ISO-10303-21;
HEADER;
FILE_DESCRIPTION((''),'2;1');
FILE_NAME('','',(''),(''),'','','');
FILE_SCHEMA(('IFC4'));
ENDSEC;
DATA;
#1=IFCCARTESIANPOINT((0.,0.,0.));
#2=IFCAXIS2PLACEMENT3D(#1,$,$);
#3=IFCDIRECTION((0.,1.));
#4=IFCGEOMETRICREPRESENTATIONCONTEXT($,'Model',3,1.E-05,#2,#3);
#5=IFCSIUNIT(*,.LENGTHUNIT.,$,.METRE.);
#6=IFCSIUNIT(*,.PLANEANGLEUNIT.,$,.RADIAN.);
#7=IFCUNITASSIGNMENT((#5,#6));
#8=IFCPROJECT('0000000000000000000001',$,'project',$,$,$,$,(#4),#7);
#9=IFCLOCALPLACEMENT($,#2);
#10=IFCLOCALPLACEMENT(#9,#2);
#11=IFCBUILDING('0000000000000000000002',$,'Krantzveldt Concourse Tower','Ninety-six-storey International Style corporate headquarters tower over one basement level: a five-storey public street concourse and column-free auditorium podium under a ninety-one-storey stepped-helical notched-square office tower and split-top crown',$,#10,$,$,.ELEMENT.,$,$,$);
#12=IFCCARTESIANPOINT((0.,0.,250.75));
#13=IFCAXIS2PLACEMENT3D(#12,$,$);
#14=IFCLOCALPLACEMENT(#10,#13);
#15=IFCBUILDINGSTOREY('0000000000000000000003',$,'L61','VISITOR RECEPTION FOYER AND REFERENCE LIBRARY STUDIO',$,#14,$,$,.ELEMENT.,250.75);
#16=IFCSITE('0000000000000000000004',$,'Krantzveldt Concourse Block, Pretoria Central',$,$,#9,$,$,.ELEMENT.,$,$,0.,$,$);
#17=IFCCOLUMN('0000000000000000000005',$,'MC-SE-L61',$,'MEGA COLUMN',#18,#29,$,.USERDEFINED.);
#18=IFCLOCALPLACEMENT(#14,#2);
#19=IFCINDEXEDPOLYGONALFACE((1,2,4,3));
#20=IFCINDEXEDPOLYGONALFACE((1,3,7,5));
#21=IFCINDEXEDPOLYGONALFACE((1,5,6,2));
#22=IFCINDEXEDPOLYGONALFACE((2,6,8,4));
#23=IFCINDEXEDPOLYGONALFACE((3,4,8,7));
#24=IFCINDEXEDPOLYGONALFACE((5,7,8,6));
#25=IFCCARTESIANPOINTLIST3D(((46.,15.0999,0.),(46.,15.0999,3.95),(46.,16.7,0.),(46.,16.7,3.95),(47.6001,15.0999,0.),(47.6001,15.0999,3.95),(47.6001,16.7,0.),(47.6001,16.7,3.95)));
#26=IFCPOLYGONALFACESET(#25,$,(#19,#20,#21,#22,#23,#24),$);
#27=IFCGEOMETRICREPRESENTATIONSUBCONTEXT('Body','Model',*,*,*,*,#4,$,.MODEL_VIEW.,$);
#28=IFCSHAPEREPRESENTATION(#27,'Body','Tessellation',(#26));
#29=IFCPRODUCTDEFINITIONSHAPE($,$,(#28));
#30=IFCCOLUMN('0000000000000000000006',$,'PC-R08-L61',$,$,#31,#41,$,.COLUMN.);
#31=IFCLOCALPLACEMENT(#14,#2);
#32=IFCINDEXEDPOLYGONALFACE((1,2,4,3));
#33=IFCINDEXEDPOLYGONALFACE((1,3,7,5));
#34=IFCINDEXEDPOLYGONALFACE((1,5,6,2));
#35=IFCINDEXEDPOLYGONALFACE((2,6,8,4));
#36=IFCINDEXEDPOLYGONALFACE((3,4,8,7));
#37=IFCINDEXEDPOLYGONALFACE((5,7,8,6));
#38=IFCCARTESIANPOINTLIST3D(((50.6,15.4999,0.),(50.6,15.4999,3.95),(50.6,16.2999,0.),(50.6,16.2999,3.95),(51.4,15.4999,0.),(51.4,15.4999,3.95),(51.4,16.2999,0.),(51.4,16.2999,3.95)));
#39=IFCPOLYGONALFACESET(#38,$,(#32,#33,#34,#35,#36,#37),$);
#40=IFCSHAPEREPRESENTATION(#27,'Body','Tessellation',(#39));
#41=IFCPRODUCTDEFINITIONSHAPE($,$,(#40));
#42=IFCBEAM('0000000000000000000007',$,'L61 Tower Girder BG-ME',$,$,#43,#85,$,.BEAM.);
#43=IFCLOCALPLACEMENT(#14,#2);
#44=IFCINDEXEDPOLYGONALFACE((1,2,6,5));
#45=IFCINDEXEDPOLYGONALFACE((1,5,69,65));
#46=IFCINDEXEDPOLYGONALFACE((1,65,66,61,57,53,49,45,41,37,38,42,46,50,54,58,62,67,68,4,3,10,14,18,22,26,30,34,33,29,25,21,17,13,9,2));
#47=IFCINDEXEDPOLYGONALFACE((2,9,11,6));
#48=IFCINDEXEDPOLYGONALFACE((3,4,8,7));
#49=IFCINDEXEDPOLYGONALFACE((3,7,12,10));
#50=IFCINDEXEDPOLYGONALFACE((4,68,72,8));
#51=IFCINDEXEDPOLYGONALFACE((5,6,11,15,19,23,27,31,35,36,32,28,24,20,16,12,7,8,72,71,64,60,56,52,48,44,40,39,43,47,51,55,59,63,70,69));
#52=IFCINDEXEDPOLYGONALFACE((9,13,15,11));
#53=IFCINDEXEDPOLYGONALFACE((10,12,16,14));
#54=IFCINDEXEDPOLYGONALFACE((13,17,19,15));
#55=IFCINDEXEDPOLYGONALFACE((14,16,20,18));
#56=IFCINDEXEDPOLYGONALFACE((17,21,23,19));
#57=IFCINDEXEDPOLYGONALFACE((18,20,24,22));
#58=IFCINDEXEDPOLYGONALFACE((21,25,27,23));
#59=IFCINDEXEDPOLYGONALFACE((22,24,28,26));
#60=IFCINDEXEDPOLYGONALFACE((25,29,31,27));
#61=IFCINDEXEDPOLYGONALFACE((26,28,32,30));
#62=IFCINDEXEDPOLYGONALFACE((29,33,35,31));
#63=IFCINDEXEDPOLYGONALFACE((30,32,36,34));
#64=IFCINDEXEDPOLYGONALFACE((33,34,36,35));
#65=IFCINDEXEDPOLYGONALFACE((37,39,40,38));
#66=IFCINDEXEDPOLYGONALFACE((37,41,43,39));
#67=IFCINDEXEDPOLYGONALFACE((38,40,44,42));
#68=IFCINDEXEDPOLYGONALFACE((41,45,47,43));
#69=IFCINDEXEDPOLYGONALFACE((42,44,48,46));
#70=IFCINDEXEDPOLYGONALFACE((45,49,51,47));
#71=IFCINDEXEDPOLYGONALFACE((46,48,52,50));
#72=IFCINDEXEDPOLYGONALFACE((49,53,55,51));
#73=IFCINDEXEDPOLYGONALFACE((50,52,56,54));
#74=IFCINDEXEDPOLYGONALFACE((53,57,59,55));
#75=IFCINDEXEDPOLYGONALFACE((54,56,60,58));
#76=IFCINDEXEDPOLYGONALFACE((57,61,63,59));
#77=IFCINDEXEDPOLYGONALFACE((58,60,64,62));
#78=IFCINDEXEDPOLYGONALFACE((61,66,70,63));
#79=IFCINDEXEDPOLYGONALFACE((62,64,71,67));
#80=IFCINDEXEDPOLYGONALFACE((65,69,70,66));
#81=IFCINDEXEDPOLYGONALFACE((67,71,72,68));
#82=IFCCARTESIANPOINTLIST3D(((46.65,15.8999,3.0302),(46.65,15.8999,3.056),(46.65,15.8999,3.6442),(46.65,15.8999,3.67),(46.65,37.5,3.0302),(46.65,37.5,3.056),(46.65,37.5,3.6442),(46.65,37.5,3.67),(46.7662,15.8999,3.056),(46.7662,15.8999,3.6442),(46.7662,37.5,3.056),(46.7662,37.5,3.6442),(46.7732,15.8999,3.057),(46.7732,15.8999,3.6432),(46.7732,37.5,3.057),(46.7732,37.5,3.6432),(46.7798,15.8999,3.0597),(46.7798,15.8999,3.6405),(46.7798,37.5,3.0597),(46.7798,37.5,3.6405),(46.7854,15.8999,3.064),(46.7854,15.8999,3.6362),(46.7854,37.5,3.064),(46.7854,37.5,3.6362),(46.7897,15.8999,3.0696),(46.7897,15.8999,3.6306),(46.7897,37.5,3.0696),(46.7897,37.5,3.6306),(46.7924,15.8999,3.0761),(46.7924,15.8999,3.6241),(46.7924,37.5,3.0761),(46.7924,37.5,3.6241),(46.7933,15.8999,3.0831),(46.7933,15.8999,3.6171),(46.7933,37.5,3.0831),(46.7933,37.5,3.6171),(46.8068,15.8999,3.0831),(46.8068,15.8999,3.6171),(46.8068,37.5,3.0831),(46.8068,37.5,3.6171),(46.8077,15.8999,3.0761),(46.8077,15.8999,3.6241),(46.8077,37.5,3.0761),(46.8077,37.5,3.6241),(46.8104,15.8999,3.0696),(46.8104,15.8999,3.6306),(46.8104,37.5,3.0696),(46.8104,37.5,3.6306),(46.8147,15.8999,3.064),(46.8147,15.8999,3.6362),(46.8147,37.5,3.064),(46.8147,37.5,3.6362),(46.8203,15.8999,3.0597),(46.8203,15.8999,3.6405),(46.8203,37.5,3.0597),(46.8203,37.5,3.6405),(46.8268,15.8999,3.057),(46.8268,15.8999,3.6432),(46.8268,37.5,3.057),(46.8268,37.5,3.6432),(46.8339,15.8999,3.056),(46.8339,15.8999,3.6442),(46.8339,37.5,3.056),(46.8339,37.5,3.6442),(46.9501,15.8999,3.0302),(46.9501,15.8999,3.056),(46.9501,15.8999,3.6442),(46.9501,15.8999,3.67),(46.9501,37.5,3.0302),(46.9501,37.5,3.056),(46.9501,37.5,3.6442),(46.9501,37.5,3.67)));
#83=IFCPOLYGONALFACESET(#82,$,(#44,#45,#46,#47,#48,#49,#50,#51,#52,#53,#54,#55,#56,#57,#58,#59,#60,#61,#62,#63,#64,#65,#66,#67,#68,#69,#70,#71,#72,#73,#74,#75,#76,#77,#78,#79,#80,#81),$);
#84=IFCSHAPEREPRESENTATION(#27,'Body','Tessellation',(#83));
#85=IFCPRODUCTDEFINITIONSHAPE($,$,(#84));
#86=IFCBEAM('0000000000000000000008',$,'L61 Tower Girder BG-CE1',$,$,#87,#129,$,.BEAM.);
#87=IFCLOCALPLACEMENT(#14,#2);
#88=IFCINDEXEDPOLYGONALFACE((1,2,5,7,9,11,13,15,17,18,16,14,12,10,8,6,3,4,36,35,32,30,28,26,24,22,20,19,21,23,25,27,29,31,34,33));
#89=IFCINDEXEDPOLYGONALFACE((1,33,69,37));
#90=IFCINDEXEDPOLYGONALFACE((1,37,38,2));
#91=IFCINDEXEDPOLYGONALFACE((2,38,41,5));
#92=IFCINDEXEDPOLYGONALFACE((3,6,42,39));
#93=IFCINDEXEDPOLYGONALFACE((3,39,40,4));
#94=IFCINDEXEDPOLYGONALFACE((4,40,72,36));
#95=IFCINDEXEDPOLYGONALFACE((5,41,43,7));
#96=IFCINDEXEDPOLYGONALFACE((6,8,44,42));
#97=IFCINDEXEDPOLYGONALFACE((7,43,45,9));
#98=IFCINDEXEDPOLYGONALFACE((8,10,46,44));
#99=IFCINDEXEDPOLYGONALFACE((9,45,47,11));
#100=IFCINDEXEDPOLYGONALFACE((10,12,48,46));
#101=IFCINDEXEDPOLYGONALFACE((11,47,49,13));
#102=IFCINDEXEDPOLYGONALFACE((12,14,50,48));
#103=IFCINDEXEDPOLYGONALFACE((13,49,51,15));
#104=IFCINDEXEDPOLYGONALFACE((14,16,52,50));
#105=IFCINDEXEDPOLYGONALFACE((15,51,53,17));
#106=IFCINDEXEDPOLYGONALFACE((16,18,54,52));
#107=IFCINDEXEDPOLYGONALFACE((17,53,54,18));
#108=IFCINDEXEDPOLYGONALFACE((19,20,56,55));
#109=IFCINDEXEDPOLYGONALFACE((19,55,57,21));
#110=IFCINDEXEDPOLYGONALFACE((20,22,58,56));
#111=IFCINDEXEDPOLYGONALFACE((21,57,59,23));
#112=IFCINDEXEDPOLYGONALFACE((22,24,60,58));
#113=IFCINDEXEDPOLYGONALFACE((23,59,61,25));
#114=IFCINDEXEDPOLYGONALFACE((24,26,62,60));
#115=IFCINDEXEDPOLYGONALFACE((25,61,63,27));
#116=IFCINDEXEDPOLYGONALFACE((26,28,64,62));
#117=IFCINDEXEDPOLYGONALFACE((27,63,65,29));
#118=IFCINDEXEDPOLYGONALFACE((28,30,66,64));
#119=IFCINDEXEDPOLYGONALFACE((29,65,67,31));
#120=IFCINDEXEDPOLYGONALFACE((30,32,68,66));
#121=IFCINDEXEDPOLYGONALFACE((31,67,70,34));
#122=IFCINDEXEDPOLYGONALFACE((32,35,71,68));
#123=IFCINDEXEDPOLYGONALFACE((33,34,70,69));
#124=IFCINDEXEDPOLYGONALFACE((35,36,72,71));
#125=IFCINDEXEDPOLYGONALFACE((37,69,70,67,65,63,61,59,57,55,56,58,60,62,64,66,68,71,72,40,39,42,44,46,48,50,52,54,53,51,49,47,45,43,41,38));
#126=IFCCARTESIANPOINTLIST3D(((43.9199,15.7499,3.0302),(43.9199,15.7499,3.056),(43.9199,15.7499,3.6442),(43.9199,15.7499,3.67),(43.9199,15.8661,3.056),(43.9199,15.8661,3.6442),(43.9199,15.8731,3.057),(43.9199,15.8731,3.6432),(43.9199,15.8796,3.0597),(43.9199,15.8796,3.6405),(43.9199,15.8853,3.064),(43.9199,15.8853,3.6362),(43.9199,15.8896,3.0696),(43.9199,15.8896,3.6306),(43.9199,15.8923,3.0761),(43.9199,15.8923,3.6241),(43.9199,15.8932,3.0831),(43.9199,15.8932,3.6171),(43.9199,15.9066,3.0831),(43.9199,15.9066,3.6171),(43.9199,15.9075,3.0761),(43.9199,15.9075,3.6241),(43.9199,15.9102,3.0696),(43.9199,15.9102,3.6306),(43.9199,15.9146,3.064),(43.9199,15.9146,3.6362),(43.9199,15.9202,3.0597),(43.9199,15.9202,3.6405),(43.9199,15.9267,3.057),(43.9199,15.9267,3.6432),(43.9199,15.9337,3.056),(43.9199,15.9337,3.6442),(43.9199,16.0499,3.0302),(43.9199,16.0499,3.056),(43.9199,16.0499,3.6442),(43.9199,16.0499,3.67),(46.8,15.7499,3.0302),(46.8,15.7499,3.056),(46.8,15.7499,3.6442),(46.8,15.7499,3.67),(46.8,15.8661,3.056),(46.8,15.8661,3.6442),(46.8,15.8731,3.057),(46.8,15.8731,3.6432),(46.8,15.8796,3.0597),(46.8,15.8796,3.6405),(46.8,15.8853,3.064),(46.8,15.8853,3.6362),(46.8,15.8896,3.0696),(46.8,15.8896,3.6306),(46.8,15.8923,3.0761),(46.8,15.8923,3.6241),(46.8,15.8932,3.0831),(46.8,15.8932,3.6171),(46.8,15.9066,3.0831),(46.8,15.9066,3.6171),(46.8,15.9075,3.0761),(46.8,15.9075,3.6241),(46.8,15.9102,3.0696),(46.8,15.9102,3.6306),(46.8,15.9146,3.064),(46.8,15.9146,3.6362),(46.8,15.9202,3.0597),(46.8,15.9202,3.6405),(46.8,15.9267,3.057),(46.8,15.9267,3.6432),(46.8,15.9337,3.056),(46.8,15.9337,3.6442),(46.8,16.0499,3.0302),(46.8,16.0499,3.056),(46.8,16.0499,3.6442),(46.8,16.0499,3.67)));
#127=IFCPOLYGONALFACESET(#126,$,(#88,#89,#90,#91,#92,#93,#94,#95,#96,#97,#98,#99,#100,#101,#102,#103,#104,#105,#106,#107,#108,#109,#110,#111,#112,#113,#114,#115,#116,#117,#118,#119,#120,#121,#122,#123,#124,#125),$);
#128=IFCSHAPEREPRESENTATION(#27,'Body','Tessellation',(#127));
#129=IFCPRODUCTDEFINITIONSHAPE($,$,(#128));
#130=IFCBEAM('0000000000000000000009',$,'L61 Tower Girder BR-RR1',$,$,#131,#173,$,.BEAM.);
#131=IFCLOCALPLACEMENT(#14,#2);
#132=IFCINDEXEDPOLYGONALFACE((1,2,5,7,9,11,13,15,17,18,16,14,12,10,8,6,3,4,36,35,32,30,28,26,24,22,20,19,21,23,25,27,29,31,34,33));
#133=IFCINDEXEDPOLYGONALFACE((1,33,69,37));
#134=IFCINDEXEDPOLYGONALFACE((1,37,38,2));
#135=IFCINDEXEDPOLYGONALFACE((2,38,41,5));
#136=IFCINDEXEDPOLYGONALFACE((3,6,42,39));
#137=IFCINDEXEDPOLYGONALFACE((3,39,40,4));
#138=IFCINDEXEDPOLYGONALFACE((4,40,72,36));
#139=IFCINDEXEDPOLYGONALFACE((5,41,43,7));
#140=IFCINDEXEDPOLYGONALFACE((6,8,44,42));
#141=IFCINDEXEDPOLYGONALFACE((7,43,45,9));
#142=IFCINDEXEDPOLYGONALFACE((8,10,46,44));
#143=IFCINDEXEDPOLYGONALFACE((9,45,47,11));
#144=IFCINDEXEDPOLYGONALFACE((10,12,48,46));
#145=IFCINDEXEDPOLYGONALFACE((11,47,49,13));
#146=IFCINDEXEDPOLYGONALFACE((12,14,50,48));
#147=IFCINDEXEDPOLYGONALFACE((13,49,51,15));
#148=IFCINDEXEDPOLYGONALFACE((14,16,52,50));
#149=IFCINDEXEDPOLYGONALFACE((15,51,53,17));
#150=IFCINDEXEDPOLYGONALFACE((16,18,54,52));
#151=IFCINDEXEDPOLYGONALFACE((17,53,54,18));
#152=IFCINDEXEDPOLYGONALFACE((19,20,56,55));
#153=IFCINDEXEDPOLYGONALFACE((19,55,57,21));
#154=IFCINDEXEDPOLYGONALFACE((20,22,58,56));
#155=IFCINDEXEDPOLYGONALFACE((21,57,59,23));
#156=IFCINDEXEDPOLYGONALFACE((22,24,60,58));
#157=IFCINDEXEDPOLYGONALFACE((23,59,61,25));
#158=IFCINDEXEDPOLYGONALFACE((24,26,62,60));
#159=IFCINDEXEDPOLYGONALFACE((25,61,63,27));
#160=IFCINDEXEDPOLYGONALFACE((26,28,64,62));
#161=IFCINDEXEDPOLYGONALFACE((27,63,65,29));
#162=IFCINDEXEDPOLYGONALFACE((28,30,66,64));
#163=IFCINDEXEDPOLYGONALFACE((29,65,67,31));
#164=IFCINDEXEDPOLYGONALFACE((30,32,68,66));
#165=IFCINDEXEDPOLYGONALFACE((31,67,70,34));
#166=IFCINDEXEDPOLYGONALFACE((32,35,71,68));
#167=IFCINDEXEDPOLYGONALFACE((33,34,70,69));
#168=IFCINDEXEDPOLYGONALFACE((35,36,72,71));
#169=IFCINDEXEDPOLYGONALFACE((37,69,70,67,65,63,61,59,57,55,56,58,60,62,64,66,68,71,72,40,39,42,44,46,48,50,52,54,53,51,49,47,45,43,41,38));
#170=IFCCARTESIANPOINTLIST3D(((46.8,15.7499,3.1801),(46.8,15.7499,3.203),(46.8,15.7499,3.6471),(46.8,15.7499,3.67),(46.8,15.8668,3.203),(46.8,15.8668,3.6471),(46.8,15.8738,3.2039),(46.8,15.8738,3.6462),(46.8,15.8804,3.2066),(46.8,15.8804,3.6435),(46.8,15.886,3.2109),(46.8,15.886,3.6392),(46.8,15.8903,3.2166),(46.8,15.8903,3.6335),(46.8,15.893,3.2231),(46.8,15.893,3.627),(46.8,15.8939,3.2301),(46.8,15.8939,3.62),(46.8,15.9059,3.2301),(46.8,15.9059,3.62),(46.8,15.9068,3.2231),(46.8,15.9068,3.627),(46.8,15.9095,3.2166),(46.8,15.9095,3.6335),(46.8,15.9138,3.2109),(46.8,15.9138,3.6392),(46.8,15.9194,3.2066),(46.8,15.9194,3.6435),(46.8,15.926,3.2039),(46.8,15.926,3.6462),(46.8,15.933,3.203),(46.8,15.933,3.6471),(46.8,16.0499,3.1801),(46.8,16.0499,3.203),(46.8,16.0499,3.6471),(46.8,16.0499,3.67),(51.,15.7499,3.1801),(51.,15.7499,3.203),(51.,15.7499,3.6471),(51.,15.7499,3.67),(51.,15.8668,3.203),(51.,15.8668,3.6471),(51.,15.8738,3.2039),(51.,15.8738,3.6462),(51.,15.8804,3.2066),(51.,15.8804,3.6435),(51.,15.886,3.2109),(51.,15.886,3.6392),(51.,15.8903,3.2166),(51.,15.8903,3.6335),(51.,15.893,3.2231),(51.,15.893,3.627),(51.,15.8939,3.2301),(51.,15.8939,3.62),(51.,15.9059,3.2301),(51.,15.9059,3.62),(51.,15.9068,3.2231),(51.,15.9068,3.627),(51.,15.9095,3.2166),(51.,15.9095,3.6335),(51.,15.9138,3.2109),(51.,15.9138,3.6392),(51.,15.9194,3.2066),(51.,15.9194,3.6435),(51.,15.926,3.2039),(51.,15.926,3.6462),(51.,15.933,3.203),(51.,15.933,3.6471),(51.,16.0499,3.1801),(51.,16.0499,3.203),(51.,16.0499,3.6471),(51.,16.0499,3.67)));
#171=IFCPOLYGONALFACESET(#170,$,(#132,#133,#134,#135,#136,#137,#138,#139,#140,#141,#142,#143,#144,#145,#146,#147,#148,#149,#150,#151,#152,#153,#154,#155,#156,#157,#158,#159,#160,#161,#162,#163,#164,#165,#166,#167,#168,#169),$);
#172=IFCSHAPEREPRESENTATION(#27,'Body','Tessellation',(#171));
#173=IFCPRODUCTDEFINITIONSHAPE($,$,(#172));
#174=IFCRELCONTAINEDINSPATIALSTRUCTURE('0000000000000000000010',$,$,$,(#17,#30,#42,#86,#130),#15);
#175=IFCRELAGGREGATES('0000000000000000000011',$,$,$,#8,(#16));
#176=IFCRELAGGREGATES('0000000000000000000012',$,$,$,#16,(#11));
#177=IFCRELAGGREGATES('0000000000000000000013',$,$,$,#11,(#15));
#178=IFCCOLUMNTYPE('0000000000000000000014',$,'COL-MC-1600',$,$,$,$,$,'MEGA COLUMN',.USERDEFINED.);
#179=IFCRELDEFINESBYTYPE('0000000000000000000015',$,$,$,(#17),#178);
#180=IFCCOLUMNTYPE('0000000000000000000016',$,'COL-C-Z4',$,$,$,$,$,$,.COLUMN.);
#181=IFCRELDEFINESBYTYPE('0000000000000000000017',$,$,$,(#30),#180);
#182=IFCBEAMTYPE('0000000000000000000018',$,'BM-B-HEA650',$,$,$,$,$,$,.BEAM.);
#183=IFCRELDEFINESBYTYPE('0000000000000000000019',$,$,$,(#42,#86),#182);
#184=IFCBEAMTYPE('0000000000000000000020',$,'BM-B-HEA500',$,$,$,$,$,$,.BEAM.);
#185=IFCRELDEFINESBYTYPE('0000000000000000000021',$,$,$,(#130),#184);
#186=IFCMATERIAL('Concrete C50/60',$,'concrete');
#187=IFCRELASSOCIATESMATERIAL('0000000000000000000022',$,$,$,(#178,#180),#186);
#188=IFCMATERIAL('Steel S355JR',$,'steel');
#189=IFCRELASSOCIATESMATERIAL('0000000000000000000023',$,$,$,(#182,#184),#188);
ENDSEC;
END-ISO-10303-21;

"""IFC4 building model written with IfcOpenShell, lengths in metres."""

from ifc_helpers import new_model, si_unit, direction, frame, origin, origin_2d, place, context, subcontext, project, spatial, rectangle, i_section, extrude, source, transform, mapped, material, material_profile, profile_set, type_object, type_shapes, element, save


model = new_model("IFC4")

# Units and contexts
model_context = context("Model", 3, precision=1e-05, world=origin(), true_north=direction((0.0, 1.0)))
body_context = subcontext(model_context, "Body", "Model", "MODEL_VIEW")
ifc_project = project(units=[si_unit("LENGTHUNIT", "METRE"), si_unit("PLANEANGLEUNIT", "RADIAN")], contexts=[model_context])

# Site, building, storey
site_placement = place(None, origin())
site = spatial("IfcSite", under=ifc_project, at=site_placement, Name="Krantzveldt Concourse Block, Pretoria Central", CompositionType="ELEMENT", RefElevation=0.0)
building_placement = place(site_placement, origin())
building = spatial("IfcBuilding", under=site, at=building_placement, Name="Krantzveldt Concourse Tower", Description="Ninety-six-storey International Style corporate headquarters tower over one basement level: a five-storey public street concourse and column-free auditorium podium under a ninety-one-storey stepped-helical notched-square office tower and split-top crown", CompositionType="ELEMENT")
storey_placement = place(building_placement, frame((0.0, 0.0, 250.75)))
storey = spatial("IfcBuildingStorey", under=building, at=storey_placement, Name="L61", Description="VISITOR RECEPTION FOYER AND REFERENCE LIBRARY STUDIO", CompositionType="ELEMENT", Elevation=250.75)

# Columns
ifc_material_1 = material(Name="Concrete C50/60", Category="concrete")
ifc_material_profile_1 = material_profile(ifc_material_1, rectangle(XDim=1.6001, YDim=1.6001, at=origin_2d()), Name="Concrete C50/60", Category="concrete")
ifc_profile_set_1 = profile_set([ifc_material_profile_1], Name="Concrete C50/60 - RC 1600x1600")
column_type_1 = type_object("IfcColumnType", Name="COL-MC-1600", ElementType="MEGA COLUMN", PredefinedType="USERDEFINED", material=ifc_profile_set_1)
shared_shape_1 = source(origin(), body_context, "Body", "SweptSolid", [
    extrude(rectangle(XDim=1.6001, YDim=1.6001, at=origin_2d()), origin(), (0.0, 0.0, 1.0), 3.95),
])
type_shapes(column_type_1, [shared_shape_1])
column_1_placement = place(storey_placement, frame((46.8, 15.8999, 0.0), z_axis=(0.0, 0.0, 1.0), x_axis=(1.0, 0.0, 0.0)))
element("IfcColumn", 1, at=column_1_placement, inside=storey, type_object=column_type_1, Name="MC-SE-L61", ObjectType="MEGA COLUMN", PredefinedType="USERDEFINED", context=body_context, shape_type="MappedRepresentation", body=[
    mapped(shared_shape_1, transform((0.0, 0.0, 0.0), x_axis=(1.0, 0.0, 0.0), y_axis=(0.0, 1.0, 0.0), z_axis=(0.0, 0.0, 1.0), scale=1.0)),
])
ifc_material_profile_2 = material_profile(ifc_material_1, rectangle(XDim=0.8, YDim=0.8, at=origin_2d()), Name="Concrete C50/60", Category="concrete")
ifc_profile_set_2 = profile_set([ifc_material_profile_2], Name="Concrete C50/60 - RC 800x800")
column_type_2 = type_object("IfcColumnType", Name="COL-C-Z4", PredefinedType="COLUMN", material=ifc_profile_set_2)
shared_shape_2 = source(origin(), body_context, "Body", "SweptSolid", [
    extrude(rectangle(XDim=0.8, YDim=0.8, at=origin_2d()), origin(), (0.0, 0.0, 1.0), 3.95),
])
type_shapes(column_type_2, [shared_shape_2])
column_2_placement = place(storey_placement, frame((51.0, 15.8999, 0.0), z_axis=(0.0, 0.0, 1.0), x_axis=(1.0, 0.0, 0.0)))
element("IfcColumn", 2, at=column_2_placement, inside=storey, type_object=column_type_2, Name="PC-R08-L61", PredefinedType="COLUMN", context=body_context, shape_type="MappedRepresentation", body=[
    mapped(shared_shape_2, transform((0.0, 0.0, 0.0), x_axis=(1.0, 0.0, 0.0), y_axis=(0.0, 1.0, 0.0), z_axis=(0.0, 0.0, 1.0), scale=1.0)),
])

# Beams
ifc_material_2 = material(Name="Steel S355JR", Category="steel")
ifc_material_profile_3 = material_profile(ifc_material_2, i_section(OverallWidth=0.3, OverallDepth=0.6399, WebThickness=0.0134, FlangeThickness=0.0259, FilletRadius=0.0271, at=origin_2d()), Name="Steel S355JR", Category="steel")
ifc_profile_set_3 = profile_set([ifc_material_profile_3], Name="Steel S355JR - HEA 650")
beam_type_1 = type_object("IfcBeamType", Name="BM-B-HEA650", PredefinedType="BEAM", material=ifc_profile_set_3)
shared_shape_3 = source(origin(), body_context, "Body", "SweptSolid", [
    extrude(i_section(OverallWidth=0.3, OverallDepth=0.6399, WebThickness=0.0134, FlangeThickness=0.0259, FilletRadius=0.0271, at=origin_2d()), origin(), (0.0, 0.0, 1.0), 21.6001),
])
beam_1_placement = place(storey_placement, frame((46.8, 15.8999, 3.3501), z_axis=(0.0, 1.0, 0.0), x_axis=(-1.0, 0.0, 0.0)))
element("IfcBeam", 3, at=beam_1_placement, inside=storey, type_object=beam_type_1, Name="L61 Tower Girder BG-ME", PredefinedType="BEAM", context=body_context, shape_type="MappedRepresentation", body=[
    mapped(shared_shape_3, transform((0.0, 0.0, 0.0), x_axis=(1.0, 0.0, 0.0), y_axis=(0.0, 1.0, 0.0), z_axis=(0.0, 0.0, 1.0), scale=1.0)),
])
shared_shape_4 = source(origin(), body_context, "Body", "SweptSolid", [
    extrude(i_section(OverallWidth=0.3, OverallDepth=0.6399, WebThickness=0.0134, FlangeThickness=0.0259, FilletRadius=0.0271, at=origin_2d()), origin(), (0.0, 0.0, 1.0), 2.8801),
])
type_shapes(beam_type_1, [shared_shape_3, shared_shape_4])
beam_2_placement = place(storey_placement, frame((43.9199, 15.8999, 3.3501), z_axis=(1.0, 0.0, 0.0), x_axis=(0.0, 1.0, 0.0)))
element("IfcBeam", 4, at=beam_2_placement, inside=storey, type_object=beam_type_1, Name="L61 Tower Girder BG-CE1", PredefinedType="BEAM", context=body_context, shape_type="MappedRepresentation", body=[
    mapped(shared_shape_4, transform((0.0, 0.0, 0.0), x_axis=(1.0, 0.0, 0.0), y_axis=(0.0, 1.0, 0.0), z_axis=(0.0, 0.0, 1.0), scale=1.0)),
])
ifc_material_profile_4 = material_profile(ifc_material_2, i_section(OverallWidth=0.3, OverallDepth=0.49, WebThickness=0.012, FlangeThickness=0.0229, FilletRadius=0.0271, at=origin_2d()), Name="Steel S355JR", Category="steel")
ifc_profile_set_4 = profile_set([ifc_material_profile_4], Name="Steel S355JR - HEA 500")
beam_type_2 = type_object("IfcBeamType", Name="BM-B-HEA500", PredefinedType="BEAM", material=ifc_profile_set_4)
shared_shape_5 = source(origin(), body_context, "Body", "SweptSolid", [
    extrude(i_section(OverallWidth=0.3, OverallDepth=0.49, WebThickness=0.012, FlangeThickness=0.0229, FilletRadius=0.0271, at=origin_2d()), origin(), (0.0, 0.0, 1.0), 4.2),
])
beam_3_placement = place(storey_placement, frame((46.8, 15.8999, 3.425), z_axis=(1.0, 0.0, 0.0), x_axis=(0.0, 1.0, 0.0)))
element("IfcBeam", 5, at=beam_3_placement, inside=storey, type_object=beam_type_2, Name="L61 Tower Girder BR-RR1", PredefinedType="BEAM", context=body_context, shape_type="MappedRepresentation", body=[
    mapped(shared_shape_5, transform((0.0, 0.0, 0.0), x_axis=(1.0, 0.0, 0.0), y_axis=(0.0, 1.0, 0.0), z_axis=(0.0, 0.0, 1.0), scale=1.0)),
])

save(model, "model.ifc")
